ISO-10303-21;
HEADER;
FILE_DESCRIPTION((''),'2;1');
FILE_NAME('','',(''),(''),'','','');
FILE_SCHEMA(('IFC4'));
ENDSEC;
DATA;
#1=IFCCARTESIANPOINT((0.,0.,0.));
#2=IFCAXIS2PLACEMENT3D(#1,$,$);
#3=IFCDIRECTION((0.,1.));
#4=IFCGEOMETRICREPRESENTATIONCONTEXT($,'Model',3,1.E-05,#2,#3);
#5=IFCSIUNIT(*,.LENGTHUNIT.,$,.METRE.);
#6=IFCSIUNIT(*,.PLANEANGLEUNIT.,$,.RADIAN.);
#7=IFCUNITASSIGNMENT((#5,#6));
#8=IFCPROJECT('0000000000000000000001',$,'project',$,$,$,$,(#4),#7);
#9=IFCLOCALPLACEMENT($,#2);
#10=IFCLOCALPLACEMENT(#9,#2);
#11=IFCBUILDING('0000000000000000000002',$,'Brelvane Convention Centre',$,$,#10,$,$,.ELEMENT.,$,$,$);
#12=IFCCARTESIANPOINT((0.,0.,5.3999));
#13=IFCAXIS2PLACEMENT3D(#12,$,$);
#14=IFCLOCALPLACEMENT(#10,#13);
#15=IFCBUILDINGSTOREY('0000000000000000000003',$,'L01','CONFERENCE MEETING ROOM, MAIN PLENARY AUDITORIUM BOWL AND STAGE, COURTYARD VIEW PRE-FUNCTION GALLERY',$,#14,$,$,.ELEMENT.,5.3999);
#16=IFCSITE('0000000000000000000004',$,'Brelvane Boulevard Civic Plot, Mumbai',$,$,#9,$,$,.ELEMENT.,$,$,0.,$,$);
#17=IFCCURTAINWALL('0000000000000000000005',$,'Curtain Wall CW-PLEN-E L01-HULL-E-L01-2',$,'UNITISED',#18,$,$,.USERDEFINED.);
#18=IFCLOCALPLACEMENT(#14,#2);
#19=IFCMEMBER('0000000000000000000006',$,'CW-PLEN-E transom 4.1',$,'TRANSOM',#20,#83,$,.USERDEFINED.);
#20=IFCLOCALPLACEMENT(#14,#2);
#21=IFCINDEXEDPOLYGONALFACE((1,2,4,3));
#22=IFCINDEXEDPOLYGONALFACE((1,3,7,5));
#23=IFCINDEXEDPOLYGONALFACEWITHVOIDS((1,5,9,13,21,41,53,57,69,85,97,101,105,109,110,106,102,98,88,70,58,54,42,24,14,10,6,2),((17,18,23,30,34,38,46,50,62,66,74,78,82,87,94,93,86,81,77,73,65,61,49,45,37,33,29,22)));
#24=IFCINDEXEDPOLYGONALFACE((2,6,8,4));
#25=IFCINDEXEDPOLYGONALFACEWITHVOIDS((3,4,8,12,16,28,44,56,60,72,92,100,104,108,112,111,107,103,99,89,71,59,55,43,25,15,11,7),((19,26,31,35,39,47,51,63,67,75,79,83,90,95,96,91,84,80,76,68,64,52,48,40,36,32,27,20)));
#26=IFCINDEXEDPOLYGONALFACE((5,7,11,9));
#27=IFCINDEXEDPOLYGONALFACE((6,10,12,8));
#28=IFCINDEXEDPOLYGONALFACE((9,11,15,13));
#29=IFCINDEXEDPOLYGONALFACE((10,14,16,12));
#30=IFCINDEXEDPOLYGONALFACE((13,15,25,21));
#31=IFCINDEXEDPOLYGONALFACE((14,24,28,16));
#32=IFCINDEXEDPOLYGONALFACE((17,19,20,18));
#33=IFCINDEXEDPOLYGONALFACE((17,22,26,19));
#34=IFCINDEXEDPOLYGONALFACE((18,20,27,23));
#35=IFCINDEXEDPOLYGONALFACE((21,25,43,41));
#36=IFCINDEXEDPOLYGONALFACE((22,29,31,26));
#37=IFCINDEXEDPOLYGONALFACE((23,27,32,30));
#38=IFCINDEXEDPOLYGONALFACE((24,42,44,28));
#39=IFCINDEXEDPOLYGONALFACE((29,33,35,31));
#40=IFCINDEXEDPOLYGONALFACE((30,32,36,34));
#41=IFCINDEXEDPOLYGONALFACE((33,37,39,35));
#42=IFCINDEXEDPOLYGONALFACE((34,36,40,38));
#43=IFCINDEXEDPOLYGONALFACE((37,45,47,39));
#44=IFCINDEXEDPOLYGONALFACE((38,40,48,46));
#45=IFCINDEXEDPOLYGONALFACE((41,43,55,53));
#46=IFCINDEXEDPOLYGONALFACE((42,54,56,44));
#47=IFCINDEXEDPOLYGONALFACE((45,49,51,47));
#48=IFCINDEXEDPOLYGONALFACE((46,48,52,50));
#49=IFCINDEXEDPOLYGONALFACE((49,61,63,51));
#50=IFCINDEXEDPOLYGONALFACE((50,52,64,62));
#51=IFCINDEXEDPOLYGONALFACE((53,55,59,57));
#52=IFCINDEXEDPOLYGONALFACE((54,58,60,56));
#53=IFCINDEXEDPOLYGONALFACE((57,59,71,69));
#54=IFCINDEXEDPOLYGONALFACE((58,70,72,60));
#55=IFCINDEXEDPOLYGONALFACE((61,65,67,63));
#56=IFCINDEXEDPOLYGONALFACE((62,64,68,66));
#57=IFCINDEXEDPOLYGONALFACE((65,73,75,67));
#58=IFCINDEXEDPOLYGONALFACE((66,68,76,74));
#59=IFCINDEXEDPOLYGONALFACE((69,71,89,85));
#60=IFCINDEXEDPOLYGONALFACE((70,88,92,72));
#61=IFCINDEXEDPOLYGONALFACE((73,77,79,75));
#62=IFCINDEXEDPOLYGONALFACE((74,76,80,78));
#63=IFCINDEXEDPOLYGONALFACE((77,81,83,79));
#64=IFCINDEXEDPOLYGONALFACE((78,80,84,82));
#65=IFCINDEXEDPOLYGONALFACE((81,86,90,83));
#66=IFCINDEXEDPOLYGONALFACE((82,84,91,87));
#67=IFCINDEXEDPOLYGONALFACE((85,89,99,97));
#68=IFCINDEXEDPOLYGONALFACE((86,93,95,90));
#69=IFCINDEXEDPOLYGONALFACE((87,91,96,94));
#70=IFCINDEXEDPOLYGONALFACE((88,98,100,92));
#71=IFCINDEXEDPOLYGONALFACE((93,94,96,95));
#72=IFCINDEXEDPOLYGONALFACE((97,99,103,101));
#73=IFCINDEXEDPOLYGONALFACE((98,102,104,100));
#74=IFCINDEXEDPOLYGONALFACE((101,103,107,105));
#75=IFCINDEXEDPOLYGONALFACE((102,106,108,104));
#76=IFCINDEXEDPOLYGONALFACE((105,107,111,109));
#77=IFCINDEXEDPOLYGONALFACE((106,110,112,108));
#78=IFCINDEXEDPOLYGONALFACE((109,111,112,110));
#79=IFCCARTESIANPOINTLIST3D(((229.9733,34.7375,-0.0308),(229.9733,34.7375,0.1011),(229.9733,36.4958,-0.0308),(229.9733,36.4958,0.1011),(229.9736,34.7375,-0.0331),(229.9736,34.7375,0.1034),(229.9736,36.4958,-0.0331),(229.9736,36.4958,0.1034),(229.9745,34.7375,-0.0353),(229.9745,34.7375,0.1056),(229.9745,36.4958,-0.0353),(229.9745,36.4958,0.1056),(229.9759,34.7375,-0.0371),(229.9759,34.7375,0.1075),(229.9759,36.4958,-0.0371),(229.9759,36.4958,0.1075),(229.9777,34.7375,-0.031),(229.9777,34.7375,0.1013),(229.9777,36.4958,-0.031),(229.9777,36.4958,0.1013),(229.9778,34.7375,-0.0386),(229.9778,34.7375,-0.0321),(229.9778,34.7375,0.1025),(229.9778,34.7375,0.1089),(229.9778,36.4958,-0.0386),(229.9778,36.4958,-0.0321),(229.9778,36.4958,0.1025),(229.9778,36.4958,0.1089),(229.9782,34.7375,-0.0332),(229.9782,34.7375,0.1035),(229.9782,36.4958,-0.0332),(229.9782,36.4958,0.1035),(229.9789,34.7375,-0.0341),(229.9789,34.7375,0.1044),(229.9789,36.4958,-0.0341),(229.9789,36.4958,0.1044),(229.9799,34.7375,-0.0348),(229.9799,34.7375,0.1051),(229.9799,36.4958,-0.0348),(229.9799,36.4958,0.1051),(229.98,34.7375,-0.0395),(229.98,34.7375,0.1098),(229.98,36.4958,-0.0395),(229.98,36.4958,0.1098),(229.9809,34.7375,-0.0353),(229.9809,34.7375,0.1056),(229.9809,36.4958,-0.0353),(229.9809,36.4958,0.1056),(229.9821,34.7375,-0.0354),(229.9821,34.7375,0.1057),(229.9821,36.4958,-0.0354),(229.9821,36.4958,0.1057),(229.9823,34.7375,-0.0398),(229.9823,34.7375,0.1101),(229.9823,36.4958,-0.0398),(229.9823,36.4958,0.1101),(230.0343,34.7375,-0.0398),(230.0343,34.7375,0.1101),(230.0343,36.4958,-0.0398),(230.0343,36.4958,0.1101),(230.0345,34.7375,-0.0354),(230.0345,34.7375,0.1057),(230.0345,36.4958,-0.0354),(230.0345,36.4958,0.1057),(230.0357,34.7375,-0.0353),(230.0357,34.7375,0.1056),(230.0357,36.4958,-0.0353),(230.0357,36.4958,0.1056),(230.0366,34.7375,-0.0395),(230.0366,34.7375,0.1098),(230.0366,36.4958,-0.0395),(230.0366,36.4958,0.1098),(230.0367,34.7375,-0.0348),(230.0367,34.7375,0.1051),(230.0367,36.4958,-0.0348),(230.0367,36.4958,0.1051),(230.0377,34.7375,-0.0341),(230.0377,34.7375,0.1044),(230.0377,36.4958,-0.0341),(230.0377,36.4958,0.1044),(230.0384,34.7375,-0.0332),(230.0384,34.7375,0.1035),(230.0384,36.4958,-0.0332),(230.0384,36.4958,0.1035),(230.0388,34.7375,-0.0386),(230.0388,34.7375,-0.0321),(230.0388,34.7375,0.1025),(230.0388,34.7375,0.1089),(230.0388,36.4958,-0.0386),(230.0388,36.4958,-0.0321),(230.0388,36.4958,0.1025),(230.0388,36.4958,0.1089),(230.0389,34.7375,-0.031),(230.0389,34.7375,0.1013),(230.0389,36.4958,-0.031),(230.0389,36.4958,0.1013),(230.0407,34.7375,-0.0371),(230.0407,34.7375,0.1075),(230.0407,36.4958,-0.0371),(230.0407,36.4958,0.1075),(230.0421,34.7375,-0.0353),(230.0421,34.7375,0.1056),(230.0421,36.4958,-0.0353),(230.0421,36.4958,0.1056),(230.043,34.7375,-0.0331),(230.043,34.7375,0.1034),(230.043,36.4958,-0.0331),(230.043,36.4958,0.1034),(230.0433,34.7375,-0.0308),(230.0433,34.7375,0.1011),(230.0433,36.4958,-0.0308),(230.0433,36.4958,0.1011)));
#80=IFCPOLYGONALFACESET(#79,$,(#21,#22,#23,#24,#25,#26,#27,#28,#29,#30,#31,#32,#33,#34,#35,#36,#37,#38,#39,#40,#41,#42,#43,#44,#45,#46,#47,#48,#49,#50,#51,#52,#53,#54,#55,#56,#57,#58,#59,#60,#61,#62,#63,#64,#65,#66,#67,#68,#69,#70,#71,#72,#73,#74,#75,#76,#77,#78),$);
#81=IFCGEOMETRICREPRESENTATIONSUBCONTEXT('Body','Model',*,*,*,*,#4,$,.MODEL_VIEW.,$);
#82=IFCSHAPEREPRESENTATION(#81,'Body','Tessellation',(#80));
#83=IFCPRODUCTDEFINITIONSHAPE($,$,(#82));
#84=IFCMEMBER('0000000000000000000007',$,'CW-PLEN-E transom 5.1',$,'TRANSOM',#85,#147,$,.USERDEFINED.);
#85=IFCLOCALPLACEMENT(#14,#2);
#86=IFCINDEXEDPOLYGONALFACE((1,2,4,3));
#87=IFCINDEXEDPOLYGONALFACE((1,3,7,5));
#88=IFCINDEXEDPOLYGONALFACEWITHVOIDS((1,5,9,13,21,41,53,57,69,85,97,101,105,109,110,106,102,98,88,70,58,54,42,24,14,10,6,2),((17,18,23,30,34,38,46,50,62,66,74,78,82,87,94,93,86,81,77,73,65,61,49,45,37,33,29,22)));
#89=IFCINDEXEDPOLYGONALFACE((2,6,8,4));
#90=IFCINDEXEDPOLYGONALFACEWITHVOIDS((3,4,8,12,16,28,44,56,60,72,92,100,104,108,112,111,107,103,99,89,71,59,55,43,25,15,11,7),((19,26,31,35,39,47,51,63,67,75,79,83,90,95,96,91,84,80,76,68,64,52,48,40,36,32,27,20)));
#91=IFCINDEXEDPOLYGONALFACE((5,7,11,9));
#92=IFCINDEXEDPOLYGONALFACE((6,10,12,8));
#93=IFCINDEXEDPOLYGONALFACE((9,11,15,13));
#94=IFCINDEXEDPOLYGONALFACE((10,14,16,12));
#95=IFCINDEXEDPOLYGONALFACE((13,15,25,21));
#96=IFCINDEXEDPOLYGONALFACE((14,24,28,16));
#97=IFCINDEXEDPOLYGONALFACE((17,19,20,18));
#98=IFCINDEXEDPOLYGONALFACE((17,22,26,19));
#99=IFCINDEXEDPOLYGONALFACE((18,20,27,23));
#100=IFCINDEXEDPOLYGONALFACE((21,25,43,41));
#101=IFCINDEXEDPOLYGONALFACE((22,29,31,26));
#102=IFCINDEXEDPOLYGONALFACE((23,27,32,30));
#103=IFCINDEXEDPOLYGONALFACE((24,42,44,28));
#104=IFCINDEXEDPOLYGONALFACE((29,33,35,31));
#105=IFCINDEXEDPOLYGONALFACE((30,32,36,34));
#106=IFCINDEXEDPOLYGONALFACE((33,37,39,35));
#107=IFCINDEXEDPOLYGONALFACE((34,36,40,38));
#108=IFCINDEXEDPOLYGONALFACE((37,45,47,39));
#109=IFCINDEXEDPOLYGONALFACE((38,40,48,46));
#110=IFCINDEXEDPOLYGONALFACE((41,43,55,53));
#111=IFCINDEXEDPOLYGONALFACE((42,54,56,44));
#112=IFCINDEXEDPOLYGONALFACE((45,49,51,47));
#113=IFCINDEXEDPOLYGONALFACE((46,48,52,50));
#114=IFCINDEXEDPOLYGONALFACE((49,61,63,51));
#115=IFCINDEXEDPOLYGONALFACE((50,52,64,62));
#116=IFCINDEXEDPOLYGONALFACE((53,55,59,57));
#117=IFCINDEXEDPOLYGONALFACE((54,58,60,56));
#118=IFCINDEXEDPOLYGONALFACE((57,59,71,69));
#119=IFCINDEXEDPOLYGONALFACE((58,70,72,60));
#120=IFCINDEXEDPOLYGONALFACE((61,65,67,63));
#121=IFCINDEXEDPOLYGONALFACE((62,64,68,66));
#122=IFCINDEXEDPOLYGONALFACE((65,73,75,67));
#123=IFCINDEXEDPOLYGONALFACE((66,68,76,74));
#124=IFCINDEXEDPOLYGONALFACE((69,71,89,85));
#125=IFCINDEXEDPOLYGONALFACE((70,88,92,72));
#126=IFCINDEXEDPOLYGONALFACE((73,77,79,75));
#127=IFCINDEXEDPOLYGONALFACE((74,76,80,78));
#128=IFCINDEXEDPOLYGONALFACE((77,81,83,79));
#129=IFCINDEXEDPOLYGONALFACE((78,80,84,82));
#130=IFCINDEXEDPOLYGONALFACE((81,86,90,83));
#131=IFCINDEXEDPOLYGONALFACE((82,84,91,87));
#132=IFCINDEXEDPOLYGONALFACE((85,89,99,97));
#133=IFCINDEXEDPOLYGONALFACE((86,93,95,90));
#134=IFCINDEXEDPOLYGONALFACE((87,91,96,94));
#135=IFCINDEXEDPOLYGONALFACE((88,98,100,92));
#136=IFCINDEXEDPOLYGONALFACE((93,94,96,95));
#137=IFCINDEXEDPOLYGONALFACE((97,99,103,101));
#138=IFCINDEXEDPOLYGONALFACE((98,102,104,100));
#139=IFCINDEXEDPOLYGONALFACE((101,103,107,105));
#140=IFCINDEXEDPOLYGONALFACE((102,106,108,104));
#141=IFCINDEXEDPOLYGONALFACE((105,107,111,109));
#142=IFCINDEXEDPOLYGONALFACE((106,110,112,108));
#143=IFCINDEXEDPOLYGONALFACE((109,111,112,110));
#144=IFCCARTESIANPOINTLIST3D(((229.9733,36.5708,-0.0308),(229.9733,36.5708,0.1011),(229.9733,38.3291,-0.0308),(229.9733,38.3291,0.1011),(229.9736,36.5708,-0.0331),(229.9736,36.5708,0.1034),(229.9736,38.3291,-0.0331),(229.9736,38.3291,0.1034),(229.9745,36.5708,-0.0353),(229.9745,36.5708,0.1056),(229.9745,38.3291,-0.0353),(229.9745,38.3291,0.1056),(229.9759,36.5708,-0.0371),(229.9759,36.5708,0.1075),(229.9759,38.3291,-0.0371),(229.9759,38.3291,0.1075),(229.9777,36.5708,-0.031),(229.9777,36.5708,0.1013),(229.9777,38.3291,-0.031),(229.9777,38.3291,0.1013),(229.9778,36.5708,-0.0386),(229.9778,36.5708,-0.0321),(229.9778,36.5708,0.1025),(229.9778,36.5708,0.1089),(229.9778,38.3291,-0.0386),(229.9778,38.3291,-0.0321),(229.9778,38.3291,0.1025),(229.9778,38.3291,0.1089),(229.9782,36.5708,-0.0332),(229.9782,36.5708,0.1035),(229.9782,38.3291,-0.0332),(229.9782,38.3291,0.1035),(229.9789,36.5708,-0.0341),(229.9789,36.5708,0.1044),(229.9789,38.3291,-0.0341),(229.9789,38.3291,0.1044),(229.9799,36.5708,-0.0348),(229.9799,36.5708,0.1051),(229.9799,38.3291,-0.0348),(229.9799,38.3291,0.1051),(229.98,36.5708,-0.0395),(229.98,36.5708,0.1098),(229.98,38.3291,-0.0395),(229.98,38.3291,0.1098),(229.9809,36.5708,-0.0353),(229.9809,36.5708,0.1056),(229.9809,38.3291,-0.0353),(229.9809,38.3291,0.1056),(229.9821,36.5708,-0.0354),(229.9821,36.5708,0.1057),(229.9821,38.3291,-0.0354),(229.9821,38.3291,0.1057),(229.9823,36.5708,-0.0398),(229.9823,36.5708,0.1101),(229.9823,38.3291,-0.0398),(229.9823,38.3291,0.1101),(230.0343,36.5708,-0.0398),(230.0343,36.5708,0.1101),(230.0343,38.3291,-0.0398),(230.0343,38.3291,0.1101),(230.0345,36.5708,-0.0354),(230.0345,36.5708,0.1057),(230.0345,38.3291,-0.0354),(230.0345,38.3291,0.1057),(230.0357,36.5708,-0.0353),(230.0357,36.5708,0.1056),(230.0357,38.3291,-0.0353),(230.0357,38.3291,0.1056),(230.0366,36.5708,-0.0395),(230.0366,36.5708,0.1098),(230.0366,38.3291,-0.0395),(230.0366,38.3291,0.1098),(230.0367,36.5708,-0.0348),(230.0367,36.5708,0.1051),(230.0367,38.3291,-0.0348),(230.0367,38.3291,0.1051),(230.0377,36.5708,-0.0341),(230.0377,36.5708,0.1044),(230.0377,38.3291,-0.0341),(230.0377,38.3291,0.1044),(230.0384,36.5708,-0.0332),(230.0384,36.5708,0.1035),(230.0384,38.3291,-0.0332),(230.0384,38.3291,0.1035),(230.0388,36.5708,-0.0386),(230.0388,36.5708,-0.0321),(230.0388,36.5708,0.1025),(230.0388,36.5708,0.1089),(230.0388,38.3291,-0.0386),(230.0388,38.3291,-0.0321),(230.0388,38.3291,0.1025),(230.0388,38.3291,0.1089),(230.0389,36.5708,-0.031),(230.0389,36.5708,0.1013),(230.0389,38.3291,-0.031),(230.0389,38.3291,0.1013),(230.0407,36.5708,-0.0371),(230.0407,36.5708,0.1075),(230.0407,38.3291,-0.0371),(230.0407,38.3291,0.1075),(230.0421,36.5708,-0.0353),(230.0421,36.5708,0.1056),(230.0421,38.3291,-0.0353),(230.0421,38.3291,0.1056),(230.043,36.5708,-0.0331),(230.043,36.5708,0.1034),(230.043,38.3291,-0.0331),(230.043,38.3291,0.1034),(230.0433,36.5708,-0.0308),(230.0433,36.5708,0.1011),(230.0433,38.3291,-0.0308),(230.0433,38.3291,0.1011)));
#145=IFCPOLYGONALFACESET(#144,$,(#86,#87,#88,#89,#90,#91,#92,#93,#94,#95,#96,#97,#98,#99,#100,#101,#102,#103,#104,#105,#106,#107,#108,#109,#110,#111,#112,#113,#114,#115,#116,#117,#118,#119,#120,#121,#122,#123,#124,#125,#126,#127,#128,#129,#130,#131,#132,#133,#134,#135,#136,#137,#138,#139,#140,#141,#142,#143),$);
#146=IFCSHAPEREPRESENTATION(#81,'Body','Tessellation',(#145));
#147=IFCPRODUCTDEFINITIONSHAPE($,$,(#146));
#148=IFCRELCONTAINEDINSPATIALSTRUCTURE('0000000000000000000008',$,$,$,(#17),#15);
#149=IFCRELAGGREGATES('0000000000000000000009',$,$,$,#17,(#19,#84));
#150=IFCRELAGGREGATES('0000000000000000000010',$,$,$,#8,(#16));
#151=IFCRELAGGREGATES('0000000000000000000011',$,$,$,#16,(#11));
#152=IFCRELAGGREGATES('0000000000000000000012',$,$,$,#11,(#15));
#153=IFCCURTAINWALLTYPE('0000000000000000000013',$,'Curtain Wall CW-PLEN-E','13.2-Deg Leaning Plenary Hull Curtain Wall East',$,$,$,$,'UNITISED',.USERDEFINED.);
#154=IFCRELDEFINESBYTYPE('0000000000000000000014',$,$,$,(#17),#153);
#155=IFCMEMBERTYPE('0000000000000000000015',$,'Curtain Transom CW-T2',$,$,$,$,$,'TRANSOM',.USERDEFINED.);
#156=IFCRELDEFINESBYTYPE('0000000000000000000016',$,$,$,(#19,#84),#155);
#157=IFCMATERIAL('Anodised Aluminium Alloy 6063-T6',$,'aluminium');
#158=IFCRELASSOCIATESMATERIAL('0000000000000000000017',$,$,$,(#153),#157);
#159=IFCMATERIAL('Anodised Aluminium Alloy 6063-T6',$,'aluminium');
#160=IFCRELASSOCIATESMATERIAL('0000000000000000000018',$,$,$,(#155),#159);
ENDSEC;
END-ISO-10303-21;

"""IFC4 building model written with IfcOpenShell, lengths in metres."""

from ifc_helpers import new_model, si_unit, direction, frame, origin, origin_2d, place, context, subcontext, project, spatial, hollow_rectangle, extrude, material, material_profile, profile_set, type_object, element, aggregate, save


model = new_model("IFC4")

# Units and contexts
model_context = context("Model", 3, precision=1e-05, world=origin(), true_north=direction((0.0, 1.0)))
body_context = subcontext(model_context, "Body", "Model", "MODEL_VIEW")
ifc_project = project(units=[si_unit("LENGTHUNIT", "METRE"), si_unit("PLANEANGLEUNIT", "RADIAN")], contexts=[model_context])

# Site, building, storey
site_placement = place(None, origin())
site = spatial("IfcSite", under=ifc_project, at=site_placement, Name="Brelvane Boulevard Civic Plot, Mumbai", CompositionType="ELEMENT", RefElevation=0.0)
building_placement = place(site_placement, origin())
building = spatial("IfcBuilding", under=site, at=building_placement, Name="Brelvane Convention Centre", CompositionType="ELEMENT")
storey_placement = place(building_placement, frame((0.0, 0.0, 5.3999)))
storey = spatial("IfcBuildingStorey", under=building, at=storey_placement, Name="L01", Description="CONFERENCE MEETING ROOM, MAIN PLENARY AUDITORIUM BOWL AND STAGE, COURTYARD VIEW PRE-FUNCTION GALLERY", CompositionType="ELEMENT", Elevation=5.3999)

# Shared definitions
ifc_material_1 = material(Name="Anodised Aluminium Alloy 6063-T6", Category="aluminium")
curtain_wall_type = type_object("IfcCurtainWallType", Name="Curtain Wall CW-PLEN-E", Description="13.2-Deg Leaning Plenary Hull Curtain Wall East", ElementType="UNITISED", PredefinedType="USERDEFINED", material=ifc_material_1)

# Curtain wall, members
curtain_wall_1_placement = place(storey_placement, origin())
curtain_wall_1 = element("IfcCurtainWall", 1, at=curtain_wall_1_placement, inside=storey, type_object=curtain_wall_type, Name="Curtain Wall CW-PLEN-E L01-HULL-E-L01-2", ObjectType="UNITISED", PredefinedType="USERDEFINED")
ifc_material_2 = material(Name="Anodised Aluminium Alloy 6063-T6", Category="aluminium")
ifc_material_profile_1 = material_profile(ifc_material_2, hollow_rectangle(XDim=0.0701, YDim=0.1499, WallThickness=0.0044, InnerFilletRadius=0.0044, OuterFilletRadius=0.009, at=origin_2d()), Name="ALU-T 150x70x4.5")
ifc_profile_set_1 = profile_set([ifc_material_profile_1], Name="Anodised Aluminium Alloy 6063-T6")
member_type_1 = type_object("IfcMemberType", Name="Curtain Transom CW-T2", ElementType="TRANSOM", PredefinedType="USERDEFINED", material=ifc_profile_set_1)
member_1_placement = place(storey_placement, frame((230.0083, 34.7375, 0.0352), z_axis=(0.0, 1.0, 0.0), x_axis=(-1.0, 0.0, 0.0)))
member_1 = element("IfcMember", 2, at=member_1_placement, type_object=member_type_1, Name="CW-PLEN-E transom 4.1", ObjectType="TRANSOM", PredefinedType="USERDEFINED", context=body_context, shape_type="SweptSolid", body=[
    extrude(hollow_rectangle(XDim=0.0701, YDim=0.1499, WallThickness=0.0044, InnerFilletRadius=0.0044, OuterFilletRadius=0.009, at=origin_2d()), origin(), (0.0, 0.0, 1.0), 1.7583),
])
member_2_placement = place(storey_placement, frame((230.0083, 36.5708, 0.0352), z_axis=(0.0, 1.0, 0.0), x_axis=(-1.0, 0.0, 0.0)))
member_2 = element("IfcMember", 3, at=member_2_placement, type_object=member_type_1, Name="CW-PLEN-E transom 5.1", ObjectType="TRANSOM", PredefinedType="USERDEFINED", context=body_context, shape_type="SweptSolid", body=[
    extrude(hollow_rectangle(XDim=0.0701, YDim=0.1499, WallThickness=0.0044, InnerFilletRadius=0.0044, OuterFilletRadius=0.009, at=origin_2d()), origin(), (0.0, 0.0, 1.0), 1.7583),
])

aggregate(curtain_wall_1, [member_1, member_2])

save(model, "model.ifc")
